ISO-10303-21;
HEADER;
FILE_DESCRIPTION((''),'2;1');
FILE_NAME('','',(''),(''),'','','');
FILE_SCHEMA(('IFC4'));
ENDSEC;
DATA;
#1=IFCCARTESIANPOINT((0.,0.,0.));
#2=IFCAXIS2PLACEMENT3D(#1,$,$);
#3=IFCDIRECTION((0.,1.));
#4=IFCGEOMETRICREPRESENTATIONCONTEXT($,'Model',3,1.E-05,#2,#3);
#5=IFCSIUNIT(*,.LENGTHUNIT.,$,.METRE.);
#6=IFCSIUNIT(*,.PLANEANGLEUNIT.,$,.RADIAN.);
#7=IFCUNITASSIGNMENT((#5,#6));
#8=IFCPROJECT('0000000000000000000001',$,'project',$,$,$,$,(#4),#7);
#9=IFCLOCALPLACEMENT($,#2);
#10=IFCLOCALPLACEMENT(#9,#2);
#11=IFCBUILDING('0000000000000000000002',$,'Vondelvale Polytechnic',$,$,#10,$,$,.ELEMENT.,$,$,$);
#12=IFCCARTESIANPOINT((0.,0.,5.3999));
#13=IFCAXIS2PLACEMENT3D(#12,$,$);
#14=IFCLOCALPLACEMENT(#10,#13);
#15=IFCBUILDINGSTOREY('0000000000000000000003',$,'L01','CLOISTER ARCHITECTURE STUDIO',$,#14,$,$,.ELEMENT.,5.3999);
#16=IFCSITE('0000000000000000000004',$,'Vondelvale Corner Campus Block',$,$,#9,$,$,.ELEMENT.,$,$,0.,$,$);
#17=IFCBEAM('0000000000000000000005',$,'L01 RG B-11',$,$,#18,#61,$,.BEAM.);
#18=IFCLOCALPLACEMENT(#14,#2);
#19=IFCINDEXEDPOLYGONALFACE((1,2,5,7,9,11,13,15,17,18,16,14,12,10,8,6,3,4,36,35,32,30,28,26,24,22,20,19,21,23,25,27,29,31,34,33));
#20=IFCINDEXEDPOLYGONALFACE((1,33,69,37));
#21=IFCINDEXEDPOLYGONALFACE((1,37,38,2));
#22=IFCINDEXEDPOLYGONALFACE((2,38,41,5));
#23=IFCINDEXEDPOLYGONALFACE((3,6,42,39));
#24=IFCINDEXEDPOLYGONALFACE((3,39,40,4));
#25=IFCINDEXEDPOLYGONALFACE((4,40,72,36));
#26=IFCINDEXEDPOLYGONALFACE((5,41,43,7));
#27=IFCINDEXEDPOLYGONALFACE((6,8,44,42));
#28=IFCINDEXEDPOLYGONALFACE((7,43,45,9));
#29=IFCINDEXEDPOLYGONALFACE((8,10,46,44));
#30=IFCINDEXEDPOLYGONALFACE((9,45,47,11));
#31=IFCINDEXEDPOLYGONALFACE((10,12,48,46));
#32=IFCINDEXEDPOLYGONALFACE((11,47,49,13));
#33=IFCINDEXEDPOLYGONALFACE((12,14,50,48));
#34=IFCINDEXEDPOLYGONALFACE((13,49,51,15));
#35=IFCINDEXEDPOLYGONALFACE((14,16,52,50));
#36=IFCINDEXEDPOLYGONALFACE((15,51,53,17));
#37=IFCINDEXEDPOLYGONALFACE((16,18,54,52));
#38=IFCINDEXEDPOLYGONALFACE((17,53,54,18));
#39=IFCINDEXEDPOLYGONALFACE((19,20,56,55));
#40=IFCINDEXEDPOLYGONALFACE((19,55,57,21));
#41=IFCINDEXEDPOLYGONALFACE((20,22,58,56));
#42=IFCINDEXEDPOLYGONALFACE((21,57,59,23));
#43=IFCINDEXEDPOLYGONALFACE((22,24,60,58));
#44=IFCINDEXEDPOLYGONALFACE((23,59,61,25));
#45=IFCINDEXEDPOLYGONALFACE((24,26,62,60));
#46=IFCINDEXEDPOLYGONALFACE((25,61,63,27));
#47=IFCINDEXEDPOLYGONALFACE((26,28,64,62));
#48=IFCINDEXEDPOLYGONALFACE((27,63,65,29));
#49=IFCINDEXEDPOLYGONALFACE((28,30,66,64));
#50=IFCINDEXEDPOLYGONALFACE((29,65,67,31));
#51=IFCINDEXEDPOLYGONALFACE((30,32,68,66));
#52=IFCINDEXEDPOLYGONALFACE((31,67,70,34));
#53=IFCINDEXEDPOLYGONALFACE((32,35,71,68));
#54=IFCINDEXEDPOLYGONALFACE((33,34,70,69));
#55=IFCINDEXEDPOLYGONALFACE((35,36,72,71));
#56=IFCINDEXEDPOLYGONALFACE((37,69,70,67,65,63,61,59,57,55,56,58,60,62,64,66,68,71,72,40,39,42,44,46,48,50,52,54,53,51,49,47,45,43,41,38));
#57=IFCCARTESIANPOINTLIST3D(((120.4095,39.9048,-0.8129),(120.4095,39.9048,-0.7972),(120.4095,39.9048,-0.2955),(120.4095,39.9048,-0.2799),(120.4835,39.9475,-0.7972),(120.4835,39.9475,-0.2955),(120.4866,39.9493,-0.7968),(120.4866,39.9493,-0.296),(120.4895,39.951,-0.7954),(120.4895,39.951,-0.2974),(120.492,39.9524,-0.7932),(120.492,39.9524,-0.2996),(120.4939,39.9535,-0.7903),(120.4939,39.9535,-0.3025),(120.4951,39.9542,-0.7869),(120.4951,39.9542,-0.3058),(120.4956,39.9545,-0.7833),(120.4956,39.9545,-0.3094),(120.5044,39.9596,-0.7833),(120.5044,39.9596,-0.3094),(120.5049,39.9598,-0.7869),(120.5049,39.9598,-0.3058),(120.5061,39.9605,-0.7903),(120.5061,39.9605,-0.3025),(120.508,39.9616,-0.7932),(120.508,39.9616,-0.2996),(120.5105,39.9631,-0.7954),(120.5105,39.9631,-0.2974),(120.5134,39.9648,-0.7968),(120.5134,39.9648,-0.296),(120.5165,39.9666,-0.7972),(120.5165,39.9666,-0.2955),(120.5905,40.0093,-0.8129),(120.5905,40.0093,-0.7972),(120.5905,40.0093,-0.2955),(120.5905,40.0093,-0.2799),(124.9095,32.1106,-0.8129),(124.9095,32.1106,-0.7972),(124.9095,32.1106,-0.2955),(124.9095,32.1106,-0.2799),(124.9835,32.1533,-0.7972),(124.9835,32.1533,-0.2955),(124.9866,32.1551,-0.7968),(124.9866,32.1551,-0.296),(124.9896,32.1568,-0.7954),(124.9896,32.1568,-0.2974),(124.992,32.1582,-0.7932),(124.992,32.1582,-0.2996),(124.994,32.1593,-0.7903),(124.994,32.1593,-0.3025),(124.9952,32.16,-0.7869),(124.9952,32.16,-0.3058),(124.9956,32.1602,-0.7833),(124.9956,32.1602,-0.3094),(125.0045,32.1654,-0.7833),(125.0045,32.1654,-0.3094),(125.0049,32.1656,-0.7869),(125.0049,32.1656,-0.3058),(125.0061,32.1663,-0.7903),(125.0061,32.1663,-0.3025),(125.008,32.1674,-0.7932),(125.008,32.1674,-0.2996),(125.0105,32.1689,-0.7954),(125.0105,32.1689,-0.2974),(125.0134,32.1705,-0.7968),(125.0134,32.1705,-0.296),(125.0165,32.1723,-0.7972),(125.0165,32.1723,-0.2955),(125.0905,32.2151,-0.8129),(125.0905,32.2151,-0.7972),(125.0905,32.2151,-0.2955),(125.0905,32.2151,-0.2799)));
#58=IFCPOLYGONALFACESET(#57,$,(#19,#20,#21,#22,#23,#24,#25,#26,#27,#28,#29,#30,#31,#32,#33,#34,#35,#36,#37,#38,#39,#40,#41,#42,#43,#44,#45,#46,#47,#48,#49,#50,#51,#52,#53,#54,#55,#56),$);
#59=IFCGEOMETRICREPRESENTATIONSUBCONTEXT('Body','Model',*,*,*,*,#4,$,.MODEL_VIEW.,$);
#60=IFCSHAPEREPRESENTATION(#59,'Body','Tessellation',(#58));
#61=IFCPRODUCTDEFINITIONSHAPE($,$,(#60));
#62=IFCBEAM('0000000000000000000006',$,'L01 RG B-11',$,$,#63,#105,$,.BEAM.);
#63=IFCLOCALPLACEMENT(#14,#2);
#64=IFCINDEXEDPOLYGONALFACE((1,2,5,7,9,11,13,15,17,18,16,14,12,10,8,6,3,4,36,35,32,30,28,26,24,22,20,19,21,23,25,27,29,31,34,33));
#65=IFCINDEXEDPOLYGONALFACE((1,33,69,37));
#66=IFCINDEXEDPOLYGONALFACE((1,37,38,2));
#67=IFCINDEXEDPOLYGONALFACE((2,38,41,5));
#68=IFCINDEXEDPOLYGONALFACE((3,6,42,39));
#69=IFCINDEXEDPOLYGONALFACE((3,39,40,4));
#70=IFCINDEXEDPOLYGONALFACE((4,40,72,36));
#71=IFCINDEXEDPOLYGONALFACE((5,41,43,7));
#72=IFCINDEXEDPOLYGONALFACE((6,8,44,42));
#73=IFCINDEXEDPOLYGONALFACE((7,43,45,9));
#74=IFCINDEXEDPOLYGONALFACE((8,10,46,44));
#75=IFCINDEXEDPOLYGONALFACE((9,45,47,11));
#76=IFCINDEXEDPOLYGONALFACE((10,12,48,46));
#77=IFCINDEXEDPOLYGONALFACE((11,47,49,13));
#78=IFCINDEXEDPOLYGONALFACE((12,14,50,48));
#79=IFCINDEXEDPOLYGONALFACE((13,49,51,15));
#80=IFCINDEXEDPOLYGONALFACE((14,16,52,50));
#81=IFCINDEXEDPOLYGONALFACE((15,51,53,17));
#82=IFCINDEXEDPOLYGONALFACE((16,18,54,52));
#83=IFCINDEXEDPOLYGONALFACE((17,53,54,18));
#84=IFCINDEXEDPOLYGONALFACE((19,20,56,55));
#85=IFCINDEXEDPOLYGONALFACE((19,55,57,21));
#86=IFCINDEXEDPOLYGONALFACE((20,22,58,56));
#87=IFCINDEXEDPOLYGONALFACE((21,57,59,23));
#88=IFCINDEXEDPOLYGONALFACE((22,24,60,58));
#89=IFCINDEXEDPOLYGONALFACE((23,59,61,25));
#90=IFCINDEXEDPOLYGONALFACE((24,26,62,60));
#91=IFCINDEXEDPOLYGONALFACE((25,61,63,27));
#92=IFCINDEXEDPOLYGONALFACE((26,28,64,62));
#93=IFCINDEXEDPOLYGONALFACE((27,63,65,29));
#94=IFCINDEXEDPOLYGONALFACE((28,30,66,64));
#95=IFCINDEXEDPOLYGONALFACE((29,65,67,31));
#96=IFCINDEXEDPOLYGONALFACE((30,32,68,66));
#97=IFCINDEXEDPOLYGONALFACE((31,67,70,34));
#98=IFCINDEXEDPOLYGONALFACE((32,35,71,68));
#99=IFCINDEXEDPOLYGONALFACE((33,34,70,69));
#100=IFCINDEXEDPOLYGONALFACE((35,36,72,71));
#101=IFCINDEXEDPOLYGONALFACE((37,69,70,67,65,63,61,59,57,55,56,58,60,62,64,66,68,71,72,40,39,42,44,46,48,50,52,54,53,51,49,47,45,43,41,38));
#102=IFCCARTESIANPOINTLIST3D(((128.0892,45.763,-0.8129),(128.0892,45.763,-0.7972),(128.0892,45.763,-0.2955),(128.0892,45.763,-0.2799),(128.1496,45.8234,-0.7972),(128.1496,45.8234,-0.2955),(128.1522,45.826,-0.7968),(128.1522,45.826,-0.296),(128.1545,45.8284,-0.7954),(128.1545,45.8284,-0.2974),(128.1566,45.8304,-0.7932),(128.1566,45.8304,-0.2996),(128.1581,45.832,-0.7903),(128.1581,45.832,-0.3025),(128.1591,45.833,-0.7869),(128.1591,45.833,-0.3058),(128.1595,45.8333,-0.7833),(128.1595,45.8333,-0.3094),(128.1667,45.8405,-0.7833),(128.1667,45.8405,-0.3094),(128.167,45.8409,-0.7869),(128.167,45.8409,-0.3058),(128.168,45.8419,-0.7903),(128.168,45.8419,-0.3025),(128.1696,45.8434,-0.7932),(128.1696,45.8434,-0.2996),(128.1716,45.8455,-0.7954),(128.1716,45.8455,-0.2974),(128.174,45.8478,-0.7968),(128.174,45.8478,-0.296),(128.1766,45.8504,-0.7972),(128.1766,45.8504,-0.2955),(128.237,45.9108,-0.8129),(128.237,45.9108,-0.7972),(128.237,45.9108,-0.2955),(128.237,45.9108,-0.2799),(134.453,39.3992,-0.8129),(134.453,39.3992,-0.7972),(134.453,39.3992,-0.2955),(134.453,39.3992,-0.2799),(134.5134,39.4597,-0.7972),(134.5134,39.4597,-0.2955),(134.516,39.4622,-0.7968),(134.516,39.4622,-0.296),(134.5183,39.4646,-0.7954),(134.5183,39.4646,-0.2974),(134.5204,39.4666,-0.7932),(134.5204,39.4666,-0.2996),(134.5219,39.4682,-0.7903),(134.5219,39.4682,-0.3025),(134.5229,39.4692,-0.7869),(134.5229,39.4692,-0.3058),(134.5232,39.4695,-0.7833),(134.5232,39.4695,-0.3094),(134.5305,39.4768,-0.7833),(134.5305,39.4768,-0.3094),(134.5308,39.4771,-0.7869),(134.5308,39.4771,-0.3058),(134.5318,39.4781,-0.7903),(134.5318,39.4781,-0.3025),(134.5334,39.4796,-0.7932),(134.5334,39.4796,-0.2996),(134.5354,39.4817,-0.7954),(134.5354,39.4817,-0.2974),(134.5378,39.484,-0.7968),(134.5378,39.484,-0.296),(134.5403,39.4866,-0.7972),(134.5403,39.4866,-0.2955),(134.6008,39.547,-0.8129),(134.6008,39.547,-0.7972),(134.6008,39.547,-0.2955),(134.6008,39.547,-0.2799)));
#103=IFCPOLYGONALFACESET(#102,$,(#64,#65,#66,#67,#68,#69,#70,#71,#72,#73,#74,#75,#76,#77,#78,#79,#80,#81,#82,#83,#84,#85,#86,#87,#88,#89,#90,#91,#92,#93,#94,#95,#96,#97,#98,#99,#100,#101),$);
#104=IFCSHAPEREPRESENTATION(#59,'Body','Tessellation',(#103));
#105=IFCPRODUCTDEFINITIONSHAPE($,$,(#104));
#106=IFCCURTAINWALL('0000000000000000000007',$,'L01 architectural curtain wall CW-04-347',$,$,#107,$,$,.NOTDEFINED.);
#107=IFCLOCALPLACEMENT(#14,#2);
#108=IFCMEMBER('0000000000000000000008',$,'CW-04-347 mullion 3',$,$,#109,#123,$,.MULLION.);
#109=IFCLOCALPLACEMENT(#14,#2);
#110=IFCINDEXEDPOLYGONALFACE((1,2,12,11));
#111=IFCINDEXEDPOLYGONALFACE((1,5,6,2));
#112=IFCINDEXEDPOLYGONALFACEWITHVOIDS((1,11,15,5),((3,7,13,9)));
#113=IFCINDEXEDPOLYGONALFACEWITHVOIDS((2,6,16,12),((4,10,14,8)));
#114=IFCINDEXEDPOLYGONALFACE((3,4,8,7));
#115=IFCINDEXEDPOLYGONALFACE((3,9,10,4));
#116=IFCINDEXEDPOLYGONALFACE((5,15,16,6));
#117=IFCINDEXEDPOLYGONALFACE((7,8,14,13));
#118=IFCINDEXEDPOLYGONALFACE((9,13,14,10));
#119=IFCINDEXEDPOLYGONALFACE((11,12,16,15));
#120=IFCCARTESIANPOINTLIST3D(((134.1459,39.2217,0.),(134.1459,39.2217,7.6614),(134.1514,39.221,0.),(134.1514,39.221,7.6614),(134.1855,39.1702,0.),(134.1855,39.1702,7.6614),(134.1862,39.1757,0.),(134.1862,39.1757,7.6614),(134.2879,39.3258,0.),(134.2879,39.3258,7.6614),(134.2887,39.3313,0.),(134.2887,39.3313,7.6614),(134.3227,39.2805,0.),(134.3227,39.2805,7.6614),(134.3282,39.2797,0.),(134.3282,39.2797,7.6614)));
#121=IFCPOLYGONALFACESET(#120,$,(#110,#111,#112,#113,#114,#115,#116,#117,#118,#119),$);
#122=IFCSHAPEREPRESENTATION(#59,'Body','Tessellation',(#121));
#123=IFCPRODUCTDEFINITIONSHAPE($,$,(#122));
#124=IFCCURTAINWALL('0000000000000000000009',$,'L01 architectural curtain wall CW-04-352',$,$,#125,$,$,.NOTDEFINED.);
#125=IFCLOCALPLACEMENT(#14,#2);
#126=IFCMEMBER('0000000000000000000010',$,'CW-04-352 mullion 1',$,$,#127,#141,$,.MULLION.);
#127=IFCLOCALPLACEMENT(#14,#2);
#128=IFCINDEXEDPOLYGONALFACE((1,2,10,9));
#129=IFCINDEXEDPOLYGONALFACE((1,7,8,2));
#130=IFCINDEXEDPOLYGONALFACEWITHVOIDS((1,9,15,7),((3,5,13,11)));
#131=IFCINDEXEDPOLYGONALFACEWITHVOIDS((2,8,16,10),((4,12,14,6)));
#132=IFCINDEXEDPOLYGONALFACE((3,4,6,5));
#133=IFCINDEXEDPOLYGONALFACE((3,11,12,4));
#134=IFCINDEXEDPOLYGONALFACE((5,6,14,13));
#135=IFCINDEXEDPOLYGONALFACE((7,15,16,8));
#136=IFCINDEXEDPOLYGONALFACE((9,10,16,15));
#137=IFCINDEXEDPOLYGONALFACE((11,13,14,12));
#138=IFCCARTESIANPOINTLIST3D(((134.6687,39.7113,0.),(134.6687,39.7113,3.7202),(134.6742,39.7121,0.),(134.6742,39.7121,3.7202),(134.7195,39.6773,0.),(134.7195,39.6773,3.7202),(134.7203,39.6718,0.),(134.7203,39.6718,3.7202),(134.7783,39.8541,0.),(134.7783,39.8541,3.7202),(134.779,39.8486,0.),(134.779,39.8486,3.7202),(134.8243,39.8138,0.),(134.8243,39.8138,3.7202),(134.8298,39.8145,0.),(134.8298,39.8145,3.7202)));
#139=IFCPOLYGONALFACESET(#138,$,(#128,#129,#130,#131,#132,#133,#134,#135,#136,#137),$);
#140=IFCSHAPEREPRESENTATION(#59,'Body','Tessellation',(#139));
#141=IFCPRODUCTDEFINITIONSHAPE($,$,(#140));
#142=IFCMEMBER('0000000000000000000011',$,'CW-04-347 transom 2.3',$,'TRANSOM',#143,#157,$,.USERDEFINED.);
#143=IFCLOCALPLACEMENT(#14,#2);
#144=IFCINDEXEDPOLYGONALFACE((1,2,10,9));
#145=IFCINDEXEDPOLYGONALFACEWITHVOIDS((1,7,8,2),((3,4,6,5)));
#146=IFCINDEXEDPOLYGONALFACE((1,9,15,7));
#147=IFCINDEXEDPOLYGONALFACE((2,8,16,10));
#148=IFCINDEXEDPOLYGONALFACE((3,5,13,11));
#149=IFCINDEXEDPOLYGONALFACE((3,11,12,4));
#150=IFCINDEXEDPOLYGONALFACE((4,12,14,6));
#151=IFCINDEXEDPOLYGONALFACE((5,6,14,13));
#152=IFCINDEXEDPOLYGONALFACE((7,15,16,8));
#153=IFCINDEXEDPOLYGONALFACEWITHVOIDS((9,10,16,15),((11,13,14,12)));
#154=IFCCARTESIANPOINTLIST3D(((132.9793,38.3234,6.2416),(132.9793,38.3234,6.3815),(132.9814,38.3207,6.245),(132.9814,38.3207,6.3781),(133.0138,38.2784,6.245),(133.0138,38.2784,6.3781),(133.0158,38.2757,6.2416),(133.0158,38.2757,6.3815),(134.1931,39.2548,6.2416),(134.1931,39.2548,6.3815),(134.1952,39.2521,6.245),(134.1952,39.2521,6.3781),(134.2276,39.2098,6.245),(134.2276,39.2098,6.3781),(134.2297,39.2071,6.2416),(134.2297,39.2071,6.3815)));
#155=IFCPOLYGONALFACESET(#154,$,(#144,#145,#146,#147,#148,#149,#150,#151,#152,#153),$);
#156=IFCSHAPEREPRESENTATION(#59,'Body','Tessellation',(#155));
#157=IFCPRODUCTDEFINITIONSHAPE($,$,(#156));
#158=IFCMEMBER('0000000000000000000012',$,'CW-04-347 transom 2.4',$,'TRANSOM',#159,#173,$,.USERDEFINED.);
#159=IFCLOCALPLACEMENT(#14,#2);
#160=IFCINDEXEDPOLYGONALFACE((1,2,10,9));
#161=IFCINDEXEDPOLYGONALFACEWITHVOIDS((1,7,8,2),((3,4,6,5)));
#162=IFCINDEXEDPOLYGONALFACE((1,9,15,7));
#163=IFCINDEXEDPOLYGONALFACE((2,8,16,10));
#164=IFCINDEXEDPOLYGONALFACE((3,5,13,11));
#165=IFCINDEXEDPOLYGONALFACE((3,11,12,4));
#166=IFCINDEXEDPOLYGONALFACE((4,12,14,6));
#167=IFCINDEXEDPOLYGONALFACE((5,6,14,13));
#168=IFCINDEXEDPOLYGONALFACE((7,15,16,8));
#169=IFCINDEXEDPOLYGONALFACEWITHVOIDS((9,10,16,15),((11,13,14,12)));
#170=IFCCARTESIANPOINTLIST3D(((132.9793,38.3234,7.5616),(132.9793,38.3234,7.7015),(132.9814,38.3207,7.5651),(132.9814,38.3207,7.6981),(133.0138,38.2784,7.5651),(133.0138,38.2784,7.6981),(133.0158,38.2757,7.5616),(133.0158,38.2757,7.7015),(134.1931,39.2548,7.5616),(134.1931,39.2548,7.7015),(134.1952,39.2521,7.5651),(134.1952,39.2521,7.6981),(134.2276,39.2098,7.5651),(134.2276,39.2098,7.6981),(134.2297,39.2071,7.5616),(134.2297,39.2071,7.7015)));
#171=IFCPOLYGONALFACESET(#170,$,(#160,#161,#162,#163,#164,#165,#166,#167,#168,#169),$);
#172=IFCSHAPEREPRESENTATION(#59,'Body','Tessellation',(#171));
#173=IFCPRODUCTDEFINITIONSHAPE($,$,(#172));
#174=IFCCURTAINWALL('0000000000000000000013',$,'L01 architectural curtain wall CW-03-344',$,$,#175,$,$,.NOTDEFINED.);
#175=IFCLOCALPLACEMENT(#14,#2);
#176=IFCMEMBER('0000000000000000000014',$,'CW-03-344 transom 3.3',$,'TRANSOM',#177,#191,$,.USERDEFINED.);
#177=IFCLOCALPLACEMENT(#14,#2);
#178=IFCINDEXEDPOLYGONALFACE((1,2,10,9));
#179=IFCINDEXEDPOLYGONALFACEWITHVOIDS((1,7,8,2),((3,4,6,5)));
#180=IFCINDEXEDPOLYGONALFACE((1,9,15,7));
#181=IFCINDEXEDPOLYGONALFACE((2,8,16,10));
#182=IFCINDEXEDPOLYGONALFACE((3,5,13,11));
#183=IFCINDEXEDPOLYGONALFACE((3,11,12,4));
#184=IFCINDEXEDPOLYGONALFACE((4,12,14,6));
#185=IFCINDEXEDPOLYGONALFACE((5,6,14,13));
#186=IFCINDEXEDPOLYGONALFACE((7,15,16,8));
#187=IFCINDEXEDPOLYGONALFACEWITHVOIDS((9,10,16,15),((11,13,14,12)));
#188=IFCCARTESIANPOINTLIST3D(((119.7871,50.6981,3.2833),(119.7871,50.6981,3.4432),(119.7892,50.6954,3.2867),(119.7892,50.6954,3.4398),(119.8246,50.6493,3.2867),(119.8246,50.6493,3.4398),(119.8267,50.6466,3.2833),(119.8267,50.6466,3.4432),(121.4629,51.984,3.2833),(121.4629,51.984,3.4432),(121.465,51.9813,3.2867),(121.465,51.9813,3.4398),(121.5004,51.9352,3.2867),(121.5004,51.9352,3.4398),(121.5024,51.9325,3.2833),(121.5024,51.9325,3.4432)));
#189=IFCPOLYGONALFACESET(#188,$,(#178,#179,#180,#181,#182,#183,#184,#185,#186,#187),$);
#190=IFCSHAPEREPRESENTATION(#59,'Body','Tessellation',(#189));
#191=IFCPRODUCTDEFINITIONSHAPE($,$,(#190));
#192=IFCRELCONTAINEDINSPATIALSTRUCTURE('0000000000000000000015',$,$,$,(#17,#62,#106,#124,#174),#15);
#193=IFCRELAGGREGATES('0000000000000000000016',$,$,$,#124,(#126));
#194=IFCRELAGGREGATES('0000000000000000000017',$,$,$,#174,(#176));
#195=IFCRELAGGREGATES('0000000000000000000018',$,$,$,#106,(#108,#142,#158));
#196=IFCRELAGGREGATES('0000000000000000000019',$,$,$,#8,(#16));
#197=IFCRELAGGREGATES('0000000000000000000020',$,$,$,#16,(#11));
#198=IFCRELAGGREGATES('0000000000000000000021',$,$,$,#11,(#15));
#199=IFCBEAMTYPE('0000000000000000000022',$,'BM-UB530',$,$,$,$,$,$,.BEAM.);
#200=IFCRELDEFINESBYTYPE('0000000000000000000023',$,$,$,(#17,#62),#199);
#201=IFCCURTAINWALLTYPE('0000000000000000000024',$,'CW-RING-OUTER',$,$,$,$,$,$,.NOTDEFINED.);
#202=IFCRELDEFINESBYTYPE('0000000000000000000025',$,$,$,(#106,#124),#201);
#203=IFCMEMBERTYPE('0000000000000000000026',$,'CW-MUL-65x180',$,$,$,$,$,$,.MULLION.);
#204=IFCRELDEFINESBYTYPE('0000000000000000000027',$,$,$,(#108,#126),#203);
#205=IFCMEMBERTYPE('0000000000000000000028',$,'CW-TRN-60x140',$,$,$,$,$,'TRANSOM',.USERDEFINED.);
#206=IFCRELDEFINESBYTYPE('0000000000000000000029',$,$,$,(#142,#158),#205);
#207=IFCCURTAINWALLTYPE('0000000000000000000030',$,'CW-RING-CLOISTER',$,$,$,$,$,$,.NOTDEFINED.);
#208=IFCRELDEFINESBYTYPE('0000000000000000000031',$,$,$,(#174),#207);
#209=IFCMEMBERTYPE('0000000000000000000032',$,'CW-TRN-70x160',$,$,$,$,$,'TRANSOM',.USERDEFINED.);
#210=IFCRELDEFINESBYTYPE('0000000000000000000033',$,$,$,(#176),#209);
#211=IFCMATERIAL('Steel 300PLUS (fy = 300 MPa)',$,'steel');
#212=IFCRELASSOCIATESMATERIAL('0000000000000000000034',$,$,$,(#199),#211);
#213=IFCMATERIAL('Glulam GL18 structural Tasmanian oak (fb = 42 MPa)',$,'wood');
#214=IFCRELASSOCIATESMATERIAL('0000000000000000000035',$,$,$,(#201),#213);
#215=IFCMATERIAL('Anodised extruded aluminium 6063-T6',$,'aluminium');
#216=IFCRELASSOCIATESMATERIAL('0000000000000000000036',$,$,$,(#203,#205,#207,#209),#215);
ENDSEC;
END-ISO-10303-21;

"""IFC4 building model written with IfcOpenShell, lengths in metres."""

from ifc_helpers import new_model, si_unit, direction, frame, origin, origin_2d, place, context, subcontext, project, spatial, hollow_rectangle, i_section, extrude, material, material_profile, profile_set, type_object, element, aggregate, save


model = new_model("IFC4")

# Units and contexts
model_context = context("Model", 3, precision=1e-05, world=origin(), true_north=direction((0.0, 1.0)))
body_context = subcontext(model_context, "Body", "Model", "MODEL_VIEW")
ifc_project = project(units=[si_unit("LENGTHUNIT", "METRE"), si_unit("PLANEANGLEUNIT", "RADIAN")], contexts=[model_context])

# Site, building, storey
site_placement = place(None, origin())
site = spatial("IfcSite", under=ifc_project, at=site_placement, Name="Vondelvale Corner Campus Block", CompositionType="ELEMENT", RefElevation=0.0)
building_placement = place(site_placement, origin())
building = spatial("IfcBuilding", under=site, at=building_placement, Name="Vondelvale Polytechnic", CompositionType="ELEMENT")
storey_placement = place(building_placement, frame((0.0, 0.0, 5.3999)))
storey = spatial("IfcBuildingStorey", under=building, at=storey_placement, Name="L01", Description="CLOISTER ARCHITECTURE STUDIO", CompositionType="ELEMENT", Elevation=5.3999)

# Shared definitions
ifc_material_1 = material(Name="Steel 300PLUS (fy = 300 MPa)", Category="steel")

# Beams
ifc_material_profile_1 = material_profile(ifc_material_1, i_section(OverallWidth=0.209, OverallDepth=0.533, WebThickness=0.0103, FlangeThickness=0.0156, FilletRadius=0.0139, at=origin_2d()), Name="530UB92.4")
ifc_profile_set_1 = profile_set([ifc_material_profile_1], Name="Steel 300PLUS (fy = 300 MPa)")
beam_type_1 = type_object("IfcBeamType", Name="BM-UB530", PredefinedType="BEAM", material=ifc_profile_set_1)
beam_1_placement = place(storey_placement, frame((120.5, 39.957, -0.5464), z_axis=(0.500002, -0.866024, 0.0), x_axis=(0.866024, 0.500002, 0.0)))
element("IfcBeam", 1, at=beam_1_placement, inside=storey, type_object=beam_type_1, Name="L01 RG B-11", PredefinedType="BEAM", context=body_context, shape_type="SweptSolid", body=[
    extrude(i_section(OverallWidth=0.209, OverallDepth=0.533, WebThickness=0.0103, FlangeThickness=0.0156, FilletRadius=0.0139, at=origin_2d()), origin(), (0.0, 0.0, 1.0), 9.0),
])
beam_2_placement = place(storey_placement, frame((128.1631, 45.8369, -0.5464), z_axis=(0.707107, -0.707107, 0.0), x_axis=(0.707107, 0.707107, 0.0)))
element("IfcBeam", 2, at=beam_2_placement, inside=storey, type_object=beam_type_1, Name="L01 RG B-11", PredefinedType="BEAM", context=body_context, shape_type="SweptSolid", body=[
    extrude(i_section(OverallWidth=0.209, OverallDepth=0.533, WebThickness=0.0103, FlangeThickness=0.0156, FilletRadius=0.0139, at=origin_2d()), origin(), (0.0, 0.0, 1.0), 8.9998),
])

# Curtain walls, members
ifc_material_2 = material(Name="Glulam GL18 structural Tasmanian oak (fb = 42 MPa)", Category="wood")
curtain_wall_type_1 = type_object("IfcCurtainWallType", Name="CW-RING-OUTER", PredefinedType="NOTDEFINED", material=ifc_material_2)
curtain_wall_1_placement = place(storey_placement, origin())
curtain_wall_1 = element("IfcCurtainWall", 3, at=curtain_wall_1_placement, inside=storey, type_object=curtain_wall_type_1, Name="L01 architectural curtain wall CW-04-347", PredefinedType="NOTDEFINED")
ifc_material_3 = material(Name="Anodised extruded aluminium 6063-T6", Category="aluminium")
ifc_material_profile_2 = material_profile(ifc_material_3, hollow_rectangle(XDim=0.0649, YDim=0.1799, WallThickness=0.0039, at=origin_2d()), Name="CW-MUL-180x65")
ifc_profile_set_2 = profile_set([ifc_material_profile_2], Name="Anodised extruded aluminium 6063-T6")
member_type_1 = type_object("IfcMemberType", Name="CW-MUL-65x180", PredefinedType="MULLION", material=ifc_profile_set_2)
member_1_placement = place(storey_placement, frame((134.2371, 39.2507, 0.0), z_axis=(0.0, 0.0, 1.0), x_axis=(-0.608787, 0.793334, 0.0)))
member_1 = element("IfcMember", 4, at=member_1_placement, type_object=member_type_1, Name="CW-04-347 mullion 3", PredefinedType="MULLION", context=body_context, shape_type="SweptSolid", body=[
    extrude(hollow_rectangle(XDim=0.0649, YDim=0.1799, WallThickness=0.0039, at=origin_2d()), origin(), (0.0, 0.0, 1.0), 7.6614),
])
curtain_wall_2_placement = place(storey_placement, origin())
curtain_wall_2 = element("IfcCurtainWall", 5, at=curtain_wall_2_placement, inside=storey, type_object=curtain_wall_type_1, Name="L01 architectural curtain wall CW-04-352", PredefinedType="NOTDEFINED")
member_2_placement = place(storey_placement, frame((134.7493, 39.7629, 0.0), z_axis=(0.0, 0.0, 1.0), x_axis=(-0.793334, 0.608787, 0.0)))
member_2 = element("IfcMember", 6, at=member_2_placement, type_object=member_type_1, Name="CW-04-352 mullion 1", PredefinedType="MULLION", context=body_context, shape_type="SweptSolid", body=[
    extrude(hollow_rectangle(XDim=0.0649, YDim=0.1799, WallThickness=0.0039, at=origin_2d()), origin(), (0.0, 0.0, 1.0), 3.7202),
])
aggregate(curtain_wall_2, [member_2])

# Members
ifc_material_profile_3 = material_profile(ifc_material_3, hollow_rectangle(XDim=0.0601, YDim=0.1399, WallThickness=0.0034, at=origin_2d()), Name="CW-TRN-140x60")
ifc_profile_set_3 = profile_set([ifc_material_profile_3], Name="Anodised extruded aluminium 6063-T6")
member_type_2 = type_object("IfcMemberType", Name="CW-TRN-60x140", ElementType="TRANSOM", PredefinedType="USERDEFINED", material=ifc_profile_set_3)
member_3_placement = place(storey_placement, frame((132.9976, 38.2996, 6.3115), z_axis=(0.793365, 0.608746, 0.0), x_axis=(-0.608746, 0.793365, 0.0)))
member_3 = element("IfcMember", 7, at=member_3_placement, type_object=member_type_2, Name="CW-04-347 transom 2.3", ObjectType="TRANSOM", PredefinedType="USERDEFINED", context=body_context, shape_type="SweptSolid", body=[
    extrude(hollow_rectangle(XDim=0.0601, YDim=0.1399, WallThickness=0.0034, at=origin_2d()), origin(), (0.0, 0.0, 1.0), 1.53),
])
member_4_placement = place(storey_placement, frame((132.9976, 38.2996, 7.6316), z_axis=(0.793365, 0.608746, 0.0), x_axis=(-0.608746, 0.793365, 0.0)))
member_4 = element("IfcMember", 8, at=member_4_placement, type_object=member_type_2, Name="CW-04-347 transom 2.4", ObjectType="TRANSOM", PredefinedType="USERDEFINED", context=body_context, shape_type="SweptSolid", body=[
    extrude(hollow_rectangle(XDim=0.0601, YDim=0.1399, WallThickness=0.0034, at=origin_2d()), origin(), (0.0, 0.0, 1.0), 1.53),
])

# Curtain wall, member
curtain_wall_type_2 = type_object("IfcCurtainWallType", Name="CW-RING-CLOISTER", PredefinedType="NOTDEFINED", material=ifc_material_3)
curtain_wall_3_placement = place(storey_placement, origin())
curtain_wall_3 = element("IfcCurtainWall", 9, at=curtain_wall_3_placement, inside=storey, type_object=curtain_wall_type_2, Name="L01 architectural curtain wall CW-03-344", PredefinedType="NOTDEFINED")
ifc_material_profile_4 = material_profile(ifc_material_3, hollow_rectangle(XDim=0.0649, YDim=0.1599, WallThickness=0.0034, at=origin_2d()), Name="CW-TRN-160x65")
ifc_profile_set_4 = profile_set([ifc_material_profile_4], Name="Anodised extruded aluminium 6063-T6")
member_type_3 = type_object("IfcMemberType", Name="CW-TRN-70x160", ElementType="TRANSOM", PredefinedType="USERDEFINED", material=ifc_profile_set_4)
member_5_placement = place(storey_placement, frame((119.8069, 50.6724, 3.3633), z_axis=(0.79335, 0.608766, 0.0), x_axis=(-0.608766, 0.79335, 0.0)))
member_5 = element("IfcMember", 10, at=member_5_placement, type_object=member_type_3, Name="CW-03-344 transom 3.3", ObjectType="TRANSOM", PredefinedType="USERDEFINED", context=body_context, shape_type="SweptSolid", body=[
    extrude(hollow_rectangle(XDim=0.0649, YDim=0.1599, WallThickness=0.0034, at=origin_2d()), origin(), (0.0, 0.0, 1.0), 2.1123),
])

aggregate(curtain_wall_3, [member_5])
aggregate(curtain_wall_1, [member_1, member_3, member_4])

save(model, "model.ifc")
